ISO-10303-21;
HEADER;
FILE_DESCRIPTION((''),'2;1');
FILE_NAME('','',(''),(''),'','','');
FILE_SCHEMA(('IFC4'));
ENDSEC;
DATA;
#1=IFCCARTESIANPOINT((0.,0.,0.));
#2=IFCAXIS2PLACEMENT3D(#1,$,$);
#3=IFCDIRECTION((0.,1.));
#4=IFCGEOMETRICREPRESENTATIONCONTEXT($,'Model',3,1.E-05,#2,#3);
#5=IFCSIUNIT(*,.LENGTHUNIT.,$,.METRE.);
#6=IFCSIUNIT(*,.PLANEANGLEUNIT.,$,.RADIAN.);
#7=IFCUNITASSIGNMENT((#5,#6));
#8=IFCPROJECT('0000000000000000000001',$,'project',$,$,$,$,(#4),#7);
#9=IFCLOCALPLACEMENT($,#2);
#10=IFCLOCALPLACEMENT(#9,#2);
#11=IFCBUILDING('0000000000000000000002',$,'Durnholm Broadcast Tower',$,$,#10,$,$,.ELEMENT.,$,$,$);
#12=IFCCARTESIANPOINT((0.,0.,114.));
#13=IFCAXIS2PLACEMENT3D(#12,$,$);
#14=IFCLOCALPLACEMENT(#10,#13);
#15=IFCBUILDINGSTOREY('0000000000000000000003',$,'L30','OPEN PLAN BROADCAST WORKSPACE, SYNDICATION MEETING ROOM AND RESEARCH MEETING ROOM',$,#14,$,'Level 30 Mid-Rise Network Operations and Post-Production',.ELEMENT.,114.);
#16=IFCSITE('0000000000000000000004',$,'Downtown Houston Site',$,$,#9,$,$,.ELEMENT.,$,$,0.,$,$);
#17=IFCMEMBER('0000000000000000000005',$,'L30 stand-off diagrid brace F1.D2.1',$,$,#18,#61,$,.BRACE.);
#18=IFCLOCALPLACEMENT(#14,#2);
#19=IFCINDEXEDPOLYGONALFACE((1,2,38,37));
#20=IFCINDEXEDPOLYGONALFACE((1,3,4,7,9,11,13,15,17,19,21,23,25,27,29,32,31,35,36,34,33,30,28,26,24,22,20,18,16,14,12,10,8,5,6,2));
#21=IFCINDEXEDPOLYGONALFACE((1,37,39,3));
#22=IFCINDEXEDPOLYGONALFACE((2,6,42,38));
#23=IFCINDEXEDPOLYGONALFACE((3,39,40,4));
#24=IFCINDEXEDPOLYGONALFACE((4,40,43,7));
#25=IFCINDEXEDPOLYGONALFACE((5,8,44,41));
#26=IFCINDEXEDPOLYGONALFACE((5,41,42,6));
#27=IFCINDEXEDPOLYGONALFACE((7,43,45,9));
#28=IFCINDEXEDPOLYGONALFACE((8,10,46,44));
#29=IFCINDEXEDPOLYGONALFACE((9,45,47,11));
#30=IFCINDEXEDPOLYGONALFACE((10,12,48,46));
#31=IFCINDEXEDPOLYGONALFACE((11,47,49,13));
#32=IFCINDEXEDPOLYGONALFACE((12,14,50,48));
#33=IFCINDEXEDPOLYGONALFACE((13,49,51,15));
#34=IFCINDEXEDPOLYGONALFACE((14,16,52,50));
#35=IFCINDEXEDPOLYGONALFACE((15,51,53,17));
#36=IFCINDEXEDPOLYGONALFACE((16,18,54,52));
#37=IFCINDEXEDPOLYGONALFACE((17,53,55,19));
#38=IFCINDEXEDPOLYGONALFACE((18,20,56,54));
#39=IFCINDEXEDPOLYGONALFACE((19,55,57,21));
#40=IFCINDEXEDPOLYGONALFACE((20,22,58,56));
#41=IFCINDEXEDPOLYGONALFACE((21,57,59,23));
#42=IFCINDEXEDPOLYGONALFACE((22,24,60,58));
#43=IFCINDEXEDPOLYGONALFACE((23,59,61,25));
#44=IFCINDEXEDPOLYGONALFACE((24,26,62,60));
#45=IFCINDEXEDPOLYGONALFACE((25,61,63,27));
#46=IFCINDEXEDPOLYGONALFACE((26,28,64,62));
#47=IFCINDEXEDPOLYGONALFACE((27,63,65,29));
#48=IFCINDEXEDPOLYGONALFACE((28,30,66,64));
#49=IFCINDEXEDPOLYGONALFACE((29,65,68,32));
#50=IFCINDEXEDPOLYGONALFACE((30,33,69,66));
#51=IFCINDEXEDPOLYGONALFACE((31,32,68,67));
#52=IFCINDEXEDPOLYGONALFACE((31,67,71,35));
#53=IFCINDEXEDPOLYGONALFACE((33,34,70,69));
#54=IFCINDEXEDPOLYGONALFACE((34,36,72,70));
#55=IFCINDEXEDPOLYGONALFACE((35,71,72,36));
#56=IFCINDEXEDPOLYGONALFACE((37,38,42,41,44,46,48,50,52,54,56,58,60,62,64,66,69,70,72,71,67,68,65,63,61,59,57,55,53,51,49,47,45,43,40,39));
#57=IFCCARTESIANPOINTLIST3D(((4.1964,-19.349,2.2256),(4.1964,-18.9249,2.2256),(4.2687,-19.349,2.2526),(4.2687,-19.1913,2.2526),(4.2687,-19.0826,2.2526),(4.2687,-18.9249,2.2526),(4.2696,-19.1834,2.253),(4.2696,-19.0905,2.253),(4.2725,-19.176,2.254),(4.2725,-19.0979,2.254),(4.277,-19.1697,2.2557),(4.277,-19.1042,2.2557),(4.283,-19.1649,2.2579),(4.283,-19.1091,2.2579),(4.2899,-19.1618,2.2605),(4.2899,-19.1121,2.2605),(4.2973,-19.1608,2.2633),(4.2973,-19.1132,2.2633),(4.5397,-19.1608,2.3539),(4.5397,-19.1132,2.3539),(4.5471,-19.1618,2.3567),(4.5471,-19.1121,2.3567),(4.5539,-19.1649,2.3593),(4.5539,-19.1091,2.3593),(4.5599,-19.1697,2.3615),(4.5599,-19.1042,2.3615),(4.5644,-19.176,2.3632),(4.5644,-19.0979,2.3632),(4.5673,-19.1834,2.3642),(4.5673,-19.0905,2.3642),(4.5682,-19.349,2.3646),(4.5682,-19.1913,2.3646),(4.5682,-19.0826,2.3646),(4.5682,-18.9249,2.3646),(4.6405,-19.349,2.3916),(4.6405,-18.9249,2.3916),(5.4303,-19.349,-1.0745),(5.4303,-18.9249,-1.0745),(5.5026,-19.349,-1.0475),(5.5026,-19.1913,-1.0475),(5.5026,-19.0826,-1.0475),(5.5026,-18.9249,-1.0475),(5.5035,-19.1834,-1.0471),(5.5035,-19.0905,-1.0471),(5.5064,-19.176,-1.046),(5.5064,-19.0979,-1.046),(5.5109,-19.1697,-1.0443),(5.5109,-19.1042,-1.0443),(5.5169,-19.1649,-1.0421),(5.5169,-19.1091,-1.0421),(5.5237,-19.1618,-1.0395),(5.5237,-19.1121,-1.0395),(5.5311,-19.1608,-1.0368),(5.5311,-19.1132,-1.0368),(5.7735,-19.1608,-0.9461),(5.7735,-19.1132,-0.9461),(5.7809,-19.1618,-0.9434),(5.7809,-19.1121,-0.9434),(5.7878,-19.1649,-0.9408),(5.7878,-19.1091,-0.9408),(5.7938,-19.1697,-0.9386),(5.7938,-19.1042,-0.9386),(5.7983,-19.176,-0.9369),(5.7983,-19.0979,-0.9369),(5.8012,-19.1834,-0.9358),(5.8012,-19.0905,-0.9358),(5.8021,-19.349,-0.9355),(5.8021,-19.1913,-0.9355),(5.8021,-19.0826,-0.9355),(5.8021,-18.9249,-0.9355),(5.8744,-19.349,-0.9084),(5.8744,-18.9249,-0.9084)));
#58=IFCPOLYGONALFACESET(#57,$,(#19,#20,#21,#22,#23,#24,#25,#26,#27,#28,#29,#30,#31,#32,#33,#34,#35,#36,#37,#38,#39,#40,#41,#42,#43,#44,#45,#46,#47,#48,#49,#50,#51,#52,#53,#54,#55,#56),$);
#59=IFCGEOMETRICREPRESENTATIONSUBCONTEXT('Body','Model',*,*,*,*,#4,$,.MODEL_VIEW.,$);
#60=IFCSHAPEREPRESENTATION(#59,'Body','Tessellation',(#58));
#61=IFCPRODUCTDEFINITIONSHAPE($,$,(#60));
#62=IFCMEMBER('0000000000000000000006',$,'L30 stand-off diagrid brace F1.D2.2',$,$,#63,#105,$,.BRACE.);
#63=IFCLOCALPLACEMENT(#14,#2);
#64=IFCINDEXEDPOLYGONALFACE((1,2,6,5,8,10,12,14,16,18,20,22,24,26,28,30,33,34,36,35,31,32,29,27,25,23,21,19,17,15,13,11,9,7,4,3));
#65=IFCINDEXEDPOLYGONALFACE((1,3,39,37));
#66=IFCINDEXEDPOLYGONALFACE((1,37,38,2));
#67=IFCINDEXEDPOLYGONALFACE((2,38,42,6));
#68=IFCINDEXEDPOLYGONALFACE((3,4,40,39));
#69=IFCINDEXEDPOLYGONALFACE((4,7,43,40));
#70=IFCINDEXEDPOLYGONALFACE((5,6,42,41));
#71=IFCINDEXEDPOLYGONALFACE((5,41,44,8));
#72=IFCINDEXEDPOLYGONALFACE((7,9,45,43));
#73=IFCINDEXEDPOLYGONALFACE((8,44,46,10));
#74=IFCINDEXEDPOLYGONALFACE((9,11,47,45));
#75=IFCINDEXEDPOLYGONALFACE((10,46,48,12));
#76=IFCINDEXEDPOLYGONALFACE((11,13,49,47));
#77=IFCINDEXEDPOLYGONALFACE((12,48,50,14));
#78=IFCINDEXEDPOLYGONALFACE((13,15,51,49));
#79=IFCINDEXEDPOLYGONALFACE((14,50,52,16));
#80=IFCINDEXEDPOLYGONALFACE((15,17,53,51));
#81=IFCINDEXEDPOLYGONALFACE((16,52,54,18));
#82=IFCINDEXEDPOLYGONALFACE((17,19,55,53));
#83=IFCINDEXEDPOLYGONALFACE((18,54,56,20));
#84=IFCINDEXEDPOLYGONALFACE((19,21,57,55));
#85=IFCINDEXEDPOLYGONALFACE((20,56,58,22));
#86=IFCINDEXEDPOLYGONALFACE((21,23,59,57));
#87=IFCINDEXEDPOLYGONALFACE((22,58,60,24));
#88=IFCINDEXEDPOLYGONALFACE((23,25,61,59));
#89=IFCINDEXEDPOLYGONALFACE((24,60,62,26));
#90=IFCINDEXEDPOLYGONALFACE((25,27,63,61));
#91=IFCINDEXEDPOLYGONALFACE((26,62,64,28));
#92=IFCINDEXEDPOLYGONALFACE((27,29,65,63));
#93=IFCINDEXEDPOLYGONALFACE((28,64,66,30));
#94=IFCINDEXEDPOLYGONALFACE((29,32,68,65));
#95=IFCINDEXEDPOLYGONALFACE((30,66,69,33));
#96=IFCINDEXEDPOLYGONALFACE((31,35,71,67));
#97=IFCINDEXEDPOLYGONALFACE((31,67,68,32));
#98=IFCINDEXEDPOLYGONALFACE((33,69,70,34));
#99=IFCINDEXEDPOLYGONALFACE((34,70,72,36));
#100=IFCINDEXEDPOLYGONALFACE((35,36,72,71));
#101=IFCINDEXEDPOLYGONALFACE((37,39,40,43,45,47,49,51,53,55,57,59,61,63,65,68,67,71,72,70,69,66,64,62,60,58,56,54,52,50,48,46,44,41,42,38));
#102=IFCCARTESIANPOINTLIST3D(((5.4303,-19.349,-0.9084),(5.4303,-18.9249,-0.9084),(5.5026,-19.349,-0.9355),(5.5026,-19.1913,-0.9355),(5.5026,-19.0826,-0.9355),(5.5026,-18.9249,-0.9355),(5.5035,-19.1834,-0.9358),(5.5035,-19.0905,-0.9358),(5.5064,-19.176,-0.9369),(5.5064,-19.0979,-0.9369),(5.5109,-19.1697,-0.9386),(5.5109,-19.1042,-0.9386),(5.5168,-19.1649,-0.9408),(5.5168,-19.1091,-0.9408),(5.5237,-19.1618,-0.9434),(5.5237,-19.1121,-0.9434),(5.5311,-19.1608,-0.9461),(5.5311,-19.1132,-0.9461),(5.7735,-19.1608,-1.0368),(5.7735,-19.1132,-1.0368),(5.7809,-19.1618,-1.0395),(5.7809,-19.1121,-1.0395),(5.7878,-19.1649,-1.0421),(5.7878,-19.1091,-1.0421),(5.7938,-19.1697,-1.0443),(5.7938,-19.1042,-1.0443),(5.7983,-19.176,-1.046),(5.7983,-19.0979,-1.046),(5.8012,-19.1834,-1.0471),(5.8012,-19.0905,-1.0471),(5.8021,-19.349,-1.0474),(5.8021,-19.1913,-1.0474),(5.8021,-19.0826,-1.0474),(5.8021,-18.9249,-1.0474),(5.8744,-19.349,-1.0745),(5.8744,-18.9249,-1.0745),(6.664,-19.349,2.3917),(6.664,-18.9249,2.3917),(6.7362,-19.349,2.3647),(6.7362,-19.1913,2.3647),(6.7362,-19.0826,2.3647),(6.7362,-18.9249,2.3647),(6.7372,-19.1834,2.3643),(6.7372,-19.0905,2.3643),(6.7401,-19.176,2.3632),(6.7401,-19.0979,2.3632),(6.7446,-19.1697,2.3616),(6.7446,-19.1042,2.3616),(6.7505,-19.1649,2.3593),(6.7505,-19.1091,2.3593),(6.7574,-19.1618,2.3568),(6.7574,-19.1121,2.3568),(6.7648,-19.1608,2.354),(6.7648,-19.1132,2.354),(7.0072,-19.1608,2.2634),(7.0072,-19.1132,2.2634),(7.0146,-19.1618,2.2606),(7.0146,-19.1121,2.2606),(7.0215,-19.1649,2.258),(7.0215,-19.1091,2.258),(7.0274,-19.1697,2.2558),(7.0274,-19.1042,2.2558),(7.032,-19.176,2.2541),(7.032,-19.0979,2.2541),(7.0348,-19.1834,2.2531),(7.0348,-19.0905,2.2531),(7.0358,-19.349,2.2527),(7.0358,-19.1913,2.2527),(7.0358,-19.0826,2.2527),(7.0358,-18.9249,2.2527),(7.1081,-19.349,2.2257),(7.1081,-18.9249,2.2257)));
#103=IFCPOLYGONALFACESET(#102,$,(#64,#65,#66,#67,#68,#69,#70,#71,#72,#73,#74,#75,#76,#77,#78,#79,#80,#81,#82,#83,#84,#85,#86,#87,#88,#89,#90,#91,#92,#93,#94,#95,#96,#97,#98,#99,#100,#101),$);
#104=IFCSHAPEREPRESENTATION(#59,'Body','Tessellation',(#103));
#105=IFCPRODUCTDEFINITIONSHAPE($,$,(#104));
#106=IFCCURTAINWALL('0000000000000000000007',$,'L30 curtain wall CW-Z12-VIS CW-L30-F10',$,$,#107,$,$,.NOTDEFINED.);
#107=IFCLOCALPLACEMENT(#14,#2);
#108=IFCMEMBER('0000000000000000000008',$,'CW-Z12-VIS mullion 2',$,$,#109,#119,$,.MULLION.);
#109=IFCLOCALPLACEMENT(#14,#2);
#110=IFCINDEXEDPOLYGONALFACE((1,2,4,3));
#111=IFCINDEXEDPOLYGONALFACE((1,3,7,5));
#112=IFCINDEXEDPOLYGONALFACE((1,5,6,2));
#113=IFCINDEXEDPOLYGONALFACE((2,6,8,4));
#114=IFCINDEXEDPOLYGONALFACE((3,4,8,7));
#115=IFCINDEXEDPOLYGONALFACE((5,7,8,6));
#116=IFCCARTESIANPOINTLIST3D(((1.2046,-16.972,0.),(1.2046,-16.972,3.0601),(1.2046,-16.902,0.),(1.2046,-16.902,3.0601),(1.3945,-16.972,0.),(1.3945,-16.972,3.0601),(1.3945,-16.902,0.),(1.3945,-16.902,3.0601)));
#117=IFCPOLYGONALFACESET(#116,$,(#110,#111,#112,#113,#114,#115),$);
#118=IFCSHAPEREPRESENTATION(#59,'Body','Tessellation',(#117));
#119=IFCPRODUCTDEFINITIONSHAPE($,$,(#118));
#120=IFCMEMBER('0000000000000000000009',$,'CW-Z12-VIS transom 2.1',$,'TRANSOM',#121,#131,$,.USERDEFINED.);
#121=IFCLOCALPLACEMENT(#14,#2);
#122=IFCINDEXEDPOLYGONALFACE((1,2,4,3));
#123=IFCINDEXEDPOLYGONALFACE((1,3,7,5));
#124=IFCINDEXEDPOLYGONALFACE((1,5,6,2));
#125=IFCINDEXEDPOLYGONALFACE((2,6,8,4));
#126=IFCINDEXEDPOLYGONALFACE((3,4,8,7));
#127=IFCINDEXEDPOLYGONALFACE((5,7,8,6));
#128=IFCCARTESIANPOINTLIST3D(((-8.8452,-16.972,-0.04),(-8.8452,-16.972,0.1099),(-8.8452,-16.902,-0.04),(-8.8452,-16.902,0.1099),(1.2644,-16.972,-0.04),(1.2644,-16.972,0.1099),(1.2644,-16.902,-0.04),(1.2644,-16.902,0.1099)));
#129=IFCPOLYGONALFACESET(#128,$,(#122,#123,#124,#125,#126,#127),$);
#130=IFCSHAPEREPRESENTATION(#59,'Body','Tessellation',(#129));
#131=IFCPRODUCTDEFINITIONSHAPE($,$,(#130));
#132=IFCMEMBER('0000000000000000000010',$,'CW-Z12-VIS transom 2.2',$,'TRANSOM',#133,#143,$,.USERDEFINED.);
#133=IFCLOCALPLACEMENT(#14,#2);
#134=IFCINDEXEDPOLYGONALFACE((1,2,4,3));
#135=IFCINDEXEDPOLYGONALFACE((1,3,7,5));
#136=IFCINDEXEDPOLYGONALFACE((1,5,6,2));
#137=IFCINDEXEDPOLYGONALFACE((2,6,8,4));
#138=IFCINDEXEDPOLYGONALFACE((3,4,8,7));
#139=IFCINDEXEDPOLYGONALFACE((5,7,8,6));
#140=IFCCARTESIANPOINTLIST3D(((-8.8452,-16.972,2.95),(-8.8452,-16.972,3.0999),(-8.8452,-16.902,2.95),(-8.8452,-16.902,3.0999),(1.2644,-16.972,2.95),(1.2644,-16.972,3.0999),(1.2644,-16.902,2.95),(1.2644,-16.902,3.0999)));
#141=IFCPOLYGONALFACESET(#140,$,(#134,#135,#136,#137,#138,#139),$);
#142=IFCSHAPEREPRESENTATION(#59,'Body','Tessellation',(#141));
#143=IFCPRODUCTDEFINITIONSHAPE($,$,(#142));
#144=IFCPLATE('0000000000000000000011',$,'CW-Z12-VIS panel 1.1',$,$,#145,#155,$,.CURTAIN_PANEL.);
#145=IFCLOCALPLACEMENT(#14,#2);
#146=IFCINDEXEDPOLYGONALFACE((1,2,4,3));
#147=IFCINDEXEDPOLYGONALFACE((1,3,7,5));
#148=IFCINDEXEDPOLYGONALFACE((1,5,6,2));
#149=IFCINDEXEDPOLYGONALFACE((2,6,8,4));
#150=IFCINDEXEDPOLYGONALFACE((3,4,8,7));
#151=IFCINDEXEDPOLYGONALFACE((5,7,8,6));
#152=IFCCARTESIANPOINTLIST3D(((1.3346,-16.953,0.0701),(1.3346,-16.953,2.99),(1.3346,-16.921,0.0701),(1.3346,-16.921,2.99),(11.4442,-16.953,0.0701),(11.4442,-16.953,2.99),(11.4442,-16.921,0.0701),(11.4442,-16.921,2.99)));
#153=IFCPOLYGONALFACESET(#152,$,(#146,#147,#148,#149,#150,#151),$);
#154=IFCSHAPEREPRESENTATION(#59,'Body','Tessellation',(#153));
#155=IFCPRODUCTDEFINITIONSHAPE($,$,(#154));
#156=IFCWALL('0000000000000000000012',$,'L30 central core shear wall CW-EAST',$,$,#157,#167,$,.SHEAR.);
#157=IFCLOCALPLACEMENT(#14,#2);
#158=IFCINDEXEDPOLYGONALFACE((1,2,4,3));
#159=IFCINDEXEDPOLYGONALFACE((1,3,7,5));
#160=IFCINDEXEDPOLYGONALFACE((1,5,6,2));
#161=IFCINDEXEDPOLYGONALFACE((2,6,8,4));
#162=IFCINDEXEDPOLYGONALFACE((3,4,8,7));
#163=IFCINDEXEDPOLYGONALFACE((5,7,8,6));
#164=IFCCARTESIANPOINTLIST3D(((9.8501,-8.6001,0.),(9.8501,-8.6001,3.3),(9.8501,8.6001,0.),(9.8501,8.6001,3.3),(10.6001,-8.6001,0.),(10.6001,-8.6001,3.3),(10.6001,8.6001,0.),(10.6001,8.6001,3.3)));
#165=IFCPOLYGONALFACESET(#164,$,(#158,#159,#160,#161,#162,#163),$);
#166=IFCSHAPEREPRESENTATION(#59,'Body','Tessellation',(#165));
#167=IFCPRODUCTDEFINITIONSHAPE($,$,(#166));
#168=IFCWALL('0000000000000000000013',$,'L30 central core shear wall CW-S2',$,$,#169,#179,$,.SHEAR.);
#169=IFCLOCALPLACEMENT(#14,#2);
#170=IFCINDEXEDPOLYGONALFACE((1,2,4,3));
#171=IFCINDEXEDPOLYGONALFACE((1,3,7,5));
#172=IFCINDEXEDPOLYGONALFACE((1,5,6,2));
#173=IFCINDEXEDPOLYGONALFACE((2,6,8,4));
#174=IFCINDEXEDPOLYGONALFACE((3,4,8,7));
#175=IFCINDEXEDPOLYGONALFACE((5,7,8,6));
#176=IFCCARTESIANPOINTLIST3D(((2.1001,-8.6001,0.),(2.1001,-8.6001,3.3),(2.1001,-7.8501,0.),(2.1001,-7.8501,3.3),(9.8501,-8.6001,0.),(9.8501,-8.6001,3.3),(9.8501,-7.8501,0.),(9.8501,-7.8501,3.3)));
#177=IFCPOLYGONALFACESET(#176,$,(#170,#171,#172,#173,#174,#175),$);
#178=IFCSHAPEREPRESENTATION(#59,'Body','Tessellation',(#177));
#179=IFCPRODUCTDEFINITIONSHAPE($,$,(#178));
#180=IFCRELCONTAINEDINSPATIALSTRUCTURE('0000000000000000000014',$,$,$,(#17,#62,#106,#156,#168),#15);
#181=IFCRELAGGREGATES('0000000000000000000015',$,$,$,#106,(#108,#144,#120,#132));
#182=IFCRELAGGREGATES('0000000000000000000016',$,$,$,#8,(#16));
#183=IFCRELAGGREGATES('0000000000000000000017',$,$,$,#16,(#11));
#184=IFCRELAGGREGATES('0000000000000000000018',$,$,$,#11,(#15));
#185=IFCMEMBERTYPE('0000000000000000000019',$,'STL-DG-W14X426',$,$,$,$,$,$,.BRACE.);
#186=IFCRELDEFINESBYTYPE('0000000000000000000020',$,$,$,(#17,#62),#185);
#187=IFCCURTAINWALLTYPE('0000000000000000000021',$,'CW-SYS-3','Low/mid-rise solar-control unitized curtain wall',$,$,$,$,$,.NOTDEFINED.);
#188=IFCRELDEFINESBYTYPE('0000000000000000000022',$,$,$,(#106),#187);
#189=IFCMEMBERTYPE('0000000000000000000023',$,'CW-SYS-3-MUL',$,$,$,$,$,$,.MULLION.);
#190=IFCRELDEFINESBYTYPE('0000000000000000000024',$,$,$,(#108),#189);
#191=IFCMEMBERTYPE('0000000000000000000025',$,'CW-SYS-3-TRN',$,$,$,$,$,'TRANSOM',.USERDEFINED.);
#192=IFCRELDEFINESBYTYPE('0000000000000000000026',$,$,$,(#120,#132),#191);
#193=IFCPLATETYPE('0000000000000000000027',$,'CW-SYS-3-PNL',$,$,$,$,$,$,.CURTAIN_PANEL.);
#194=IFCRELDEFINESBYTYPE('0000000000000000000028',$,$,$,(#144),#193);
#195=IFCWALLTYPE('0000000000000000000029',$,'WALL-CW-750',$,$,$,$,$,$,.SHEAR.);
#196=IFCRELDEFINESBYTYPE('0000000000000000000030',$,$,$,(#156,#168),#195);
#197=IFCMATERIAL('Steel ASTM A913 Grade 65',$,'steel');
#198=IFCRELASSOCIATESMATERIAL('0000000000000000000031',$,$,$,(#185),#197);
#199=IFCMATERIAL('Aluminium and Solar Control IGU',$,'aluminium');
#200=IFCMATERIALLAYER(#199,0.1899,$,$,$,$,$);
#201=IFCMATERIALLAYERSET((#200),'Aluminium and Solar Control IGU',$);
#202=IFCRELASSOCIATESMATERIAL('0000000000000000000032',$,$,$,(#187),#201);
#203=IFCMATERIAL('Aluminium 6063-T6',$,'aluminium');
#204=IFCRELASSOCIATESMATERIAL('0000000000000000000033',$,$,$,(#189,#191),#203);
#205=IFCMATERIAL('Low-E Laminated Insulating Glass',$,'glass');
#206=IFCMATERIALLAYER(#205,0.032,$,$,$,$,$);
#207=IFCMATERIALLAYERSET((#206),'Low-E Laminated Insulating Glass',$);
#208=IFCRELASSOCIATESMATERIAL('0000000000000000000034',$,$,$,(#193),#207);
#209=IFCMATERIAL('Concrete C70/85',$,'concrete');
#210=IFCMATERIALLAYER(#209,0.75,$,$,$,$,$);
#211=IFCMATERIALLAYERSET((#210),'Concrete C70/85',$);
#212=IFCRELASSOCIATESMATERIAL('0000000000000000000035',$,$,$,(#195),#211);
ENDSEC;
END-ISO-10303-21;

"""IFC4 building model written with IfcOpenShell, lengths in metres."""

from ifc_helpers import new_model, si_unit, direction, frame, frame_2d, origin, origin_2d, place, context, subcontext, project, spatial, rectangle, i_section, extrude, source, transform, mapped, material, layer, layer_set, material_profile, profile_set, type_object, type_shapes, element, aggregate, save


model = new_model("IFC4")

# Units and contexts
model_context = context("Model", 3, precision=1e-05, world=origin(), true_north=direction((0.0, 1.0)))
body_context = subcontext(model_context, "Body", "Model", "MODEL_VIEW")
ifc_project = project(units=[si_unit("LENGTHUNIT", "METRE"), si_unit("PLANEANGLEUNIT", "RADIAN")], contexts=[model_context])

# Site, building, storey
site_placement = place(None, origin())
site = spatial("IfcSite", under=ifc_project, at=site_placement, Name="Downtown Houston Site", CompositionType="ELEMENT", RefElevation=0.0)
building_placement = place(site_placement, origin())
building = spatial("IfcBuilding", under=site, at=building_placement, Name="Durnholm Broadcast Tower", CompositionType="ELEMENT")
storey_placement = place(building_placement, frame((0.0, 0.0, 114.0)))
storey = spatial("IfcBuildingStorey", under=building, at=storey_placement, Name="L30", Description="OPEN PLAN BROADCAST WORKSPACE, SYNDICATION MEETING ROOM AND RESEARCH MEETING ROOM", LongName="Level 30 Mid-Rise Network Operations and Post-Production", CompositionType="ELEMENT", Elevation=114.0)

# Shared definitions
ifc_material_1 = material(Name="Concrete C70/85", Category="concrete")

# Members
ifc_material_2 = material(Name="Steel ASTM A913 Grade 65", Category="steel")
ifc_material_profile_1 = material_profile(ifc_material_2, i_section(OverallWidth=0.4241, OverallDepth=0.4741, WebThickness=0.0476, FlangeThickness=0.0771, FilletRadius=0.0305, at=origin_2d()), Name="W14X426")
ifc_profile_set_1 = profile_set([ifc_material_profile_1], Name="Steel ASTM A913 Grade 65")
member_type_1 = type_object("IfcMemberType", Name="STL-DG-W14X426", PredefinedType="BRACE", material=ifc_profile_set_1)
shared_shape_1 = source(origin(), body_context, "Body", "SweptSolid", [
    extrude(i_section(OverallWidth=0.4241, OverallDepth=0.4741, WebThickness=0.0476, FlangeThickness=0.0771, FilletRadius=0.0305, at=origin_2d()), origin(), (0.0, 0.0, 1.0), 3.5232),
])
type_shapes(member_type_1, [shared_shape_1])
for number, where, z_axis, x_axis, name in (
    (1, (5.6523, -19.137, -0.9915), (-0.35022, 0.0, 0.936668), (0.0, -1.0, 0.0), "L30 stand-off diagrid brace F1.D2.1"),
    (2, (5.6523, -19.137, -0.9915), (0.350159, 0.0, 0.93669), (0.0, 1.0, 0.0), "L30 stand-off diagrid brace F1.D2.2"),
):
    element("IfcMember", number, at=place(storey_placement, frame(where, z_axis=z_axis, x_axis=x_axis)), inside=storey, type_object=member_type_1, Name=name, PredefinedType="BRACE", context=body_context, shape_type="MappedRepresentation", body=[
        mapped(shared_shape_1, transform((0.0, 0.0, 0.0), x_axis=(1.0, 0.0, 0.0), y_axis=(0.0, 1.0, 0.0), z_axis=(0.0, 0.0, 1.0), scale=1.0)),
    ])

# Curtain wall, members, plate
ifc_material_3 = material(Name="Aluminium and Solar Control IGU", Category="aluminium")
ifc_layer_1 = layer(ifc_material_3, 0.1899)
ifc_layer_set_1 = layer_set([ifc_layer_1], Name="Aluminium and Solar Control IGU")
curtain_wall_type = type_object("IfcCurtainWallType", Name="CW-SYS-3", Description="Low/mid-rise solar-control unitized curtain wall", PredefinedType="NOTDEFINED", material=ifc_layer_set_1)
curtain_wall_placement = place(storey_placement, origin())
curtain_wall = element("IfcCurtainWall", 3, at=curtain_wall_placement, inside=storey, type_object=curtain_wall_type, Name="L30 curtain wall CW-Z12-VIS CW-L30-F10", PredefinedType="NOTDEFINED")
ifc_material_4 = material(Name="Aluminium 6063-T6", Category="aluminium")
ifc_material_profile_2 = material_profile(ifc_material_4, rectangle(XDim=0.0701, YDim=0.1899, at=origin_2d()), Name="CWM70X190")
ifc_profile_set_2 = profile_set([ifc_material_profile_2], Name="Aluminium 6063-T6")
member_type_2 = type_object("IfcMemberType", Name="CW-SYS-3-MUL", PredefinedType="MULLION", material=ifc_profile_set_2)
shared_shape_2 = source(origin(), body_context, "Body", "SweptSolid", [
    extrude(rectangle(XDim=0.0701, YDim=0.1899, at=origin_2d()), origin(), (0.0, 0.0, 1.0), 3.0601),
])
type_shapes(member_type_2, [shared_shape_2])
member_1_placement = place(storey_placement, frame((1.2996, -16.937, 0.0), z_axis=(0.0, 0.0, 1.0), x_axis=(0.0, -1.0, 0.0)))
member_1 = element("IfcMember", 4, at=member_1_placement, type_object=member_type_2, Name="CW-Z12-VIS mullion 2", PredefinedType="MULLION", context=body_context, shape_type="MappedRepresentation", body=[
    mapped(shared_shape_2, transform((0.0, 0.0, 0.0), x_axis=(1.0, 0.0, 0.0), y_axis=(0.0, 1.0, 0.0), z_axis=(0.0, 0.0, 1.0), scale=1.0)),
])
ifc_material_profile_3 = material_profile(ifc_material_4, rectangle(XDim=0.0701, YDim=0.1499, at=origin_2d()), Name="CWT70X150")
ifc_profile_set_3 = profile_set([ifc_material_profile_3], Name="Aluminium 6063-T6")
member_type_3 = type_object("IfcMemberType", Name="CW-SYS-3-TRN", ElementType="TRANSOM", PredefinedType="USERDEFINED", material=ifc_profile_set_3)
shared_shape_3 = source(origin(), body_context, "Body", "SweptSolid", [
    extrude(rectangle(XDim=0.0701, YDim=0.1499, at=origin_2d()), origin(), (0.0, 0.0, 1.0), 10.1096),
])
type_shapes(member_type_3, [shared_shape_3])
member_2_placement = place(storey_placement, frame((1.2644, -16.937, 0.0349), z_axis=(-1.0, 0.0, 0.0), x_axis=(0.0, -1.0, 0.0)))
member_2 = element("IfcMember", 5, at=member_2_placement, type_object=member_type_3, Name="CW-Z12-VIS transom 2.1", ObjectType="TRANSOM", PredefinedType="USERDEFINED", context=body_context, shape_type="MappedRepresentation", body=[
    mapped(shared_shape_3, transform((0.0, 0.0, 0.0), x_axis=(1.0, 0.0, 0.0), y_axis=(0.0, 1.0, 0.0), z_axis=(0.0, 0.0, 1.0), scale=1.0)),
])
member_3_placement = place(storey_placement, frame((1.2644, -16.937, 3.0249), z_axis=(-1.0, 0.0, 0.0), x_axis=(0.0, -1.0, 0.0)))
member_3 = element("IfcMember", 6, at=member_3_placement, type_object=member_type_3, Name="CW-Z12-VIS transom 2.2", ObjectType="TRANSOM", PredefinedType="USERDEFINED", context=body_context, shape_type="MappedRepresentation", body=[
    mapped(shared_shape_3, transform((0.0, 0.0, 0.0), x_axis=(1.0, 0.0, 0.0), y_axis=(0.0, 1.0, 0.0), z_axis=(0.0, 0.0, 1.0), scale=1.0)),
])
ifc_material_5 = material(Name="Low-E Laminated Insulating Glass", Category="glass")
ifc_layer_2 = layer(ifc_material_5, 0.032)
ifc_layer_set_2 = layer_set([ifc_layer_2], Name="Low-E Laminated Insulating Glass")
plate_type = type_object("IfcPlateType", Name="CW-SYS-3-PNL", PredefinedType="CURTAIN_PANEL", material=ifc_layer_set_2)
shared_shape_4 = source(origin(), body_context, "Body", "SweptSolid", [
    extrude(rectangle(XDim=10.1096, YDim=0.032, at=origin_2d()), origin(), (0.0, 0.0, 1.0), 2.9199),
])
type_shapes(plate_type, [shared_shape_4])
plate_placement = place(storey_placement, frame((6.3894, -16.937, 0.0701), z_axis=(0.0, 0.0, 1.0), x_axis=(-1.0, 0.0, 0.0)))
plate = element("IfcPlate", 7, at=plate_placement, type_object=plate_type, Name="CW-Z12-VIS panel 1.1", PredefinedType="CURTAIN_PANEL", context=body_context, shape_type="MappedRepresentation", body=[
    mapped(shared_shape_4, transform((0.0, 0.0, 0.0), x_axis=(1.0, 0.0, 0.0), y_axis=(0.0, 1.0, 0.0), z_axis=(0.0, 0.0, 1.0), scale=1.0)),
])
aggregate(curtain_wall, [member_1, plate, member_2, member_3])

# Walls
ifc_layer_3 = layer(ifc_material_1, 0.75)
ifc_layer_set_3 = layer_set([ifc_layer_3], Name="Concrete C70/85")
wall_type_1 = type_object("IfcWallType", Name="WALL-CW-750", PredefinedType="SHEAR", material=ifc_layer_set_3)
wall_1_placement = place(storey_placement, frame((10.2251, -8.6001, 0.0), z_axis=(0.0, 0.0, 1.0), x_axis=(0.0, 1.0, 0.0)))
element("IfcWall", 8, at=wall_1_placement, inside=storey, type_object=wall_type_1, Name="L30 central core shear wall CW-EAST", PredefinedType="SHEAR", context=body_context, shape_type="SweptSolid", body=[
    extrude(rectangle(XDim=17.2002, YDim=0.75, at=frame_2d((8.6001, 0.0))), origin(), (0.0, 0.0, 1.0), 3.3),
])
wall_2_placement = place(storey_placement, frame((2.1001, -8.2251, 0.0), z_axis=(0.0, 0.0, 1.0), x_axis=(1.0, 0.0, 0.0)))
element("IfcWall", 9, at=wall_2_placement, inside=storey, type_object=wall_type_1, Name="L30 central core shear wall CW-S2", PredefinedType="SHEAR", context=body_context, shape_type="SweptSolid", body=[
    extrude(rectangle(XDim=7.75, YDim=0.75, at=frame_2d((3.875, 0.0))), origin(), (0.0, 0.0, 1.0), 3.3),
])

save(model, "model.ifc")
